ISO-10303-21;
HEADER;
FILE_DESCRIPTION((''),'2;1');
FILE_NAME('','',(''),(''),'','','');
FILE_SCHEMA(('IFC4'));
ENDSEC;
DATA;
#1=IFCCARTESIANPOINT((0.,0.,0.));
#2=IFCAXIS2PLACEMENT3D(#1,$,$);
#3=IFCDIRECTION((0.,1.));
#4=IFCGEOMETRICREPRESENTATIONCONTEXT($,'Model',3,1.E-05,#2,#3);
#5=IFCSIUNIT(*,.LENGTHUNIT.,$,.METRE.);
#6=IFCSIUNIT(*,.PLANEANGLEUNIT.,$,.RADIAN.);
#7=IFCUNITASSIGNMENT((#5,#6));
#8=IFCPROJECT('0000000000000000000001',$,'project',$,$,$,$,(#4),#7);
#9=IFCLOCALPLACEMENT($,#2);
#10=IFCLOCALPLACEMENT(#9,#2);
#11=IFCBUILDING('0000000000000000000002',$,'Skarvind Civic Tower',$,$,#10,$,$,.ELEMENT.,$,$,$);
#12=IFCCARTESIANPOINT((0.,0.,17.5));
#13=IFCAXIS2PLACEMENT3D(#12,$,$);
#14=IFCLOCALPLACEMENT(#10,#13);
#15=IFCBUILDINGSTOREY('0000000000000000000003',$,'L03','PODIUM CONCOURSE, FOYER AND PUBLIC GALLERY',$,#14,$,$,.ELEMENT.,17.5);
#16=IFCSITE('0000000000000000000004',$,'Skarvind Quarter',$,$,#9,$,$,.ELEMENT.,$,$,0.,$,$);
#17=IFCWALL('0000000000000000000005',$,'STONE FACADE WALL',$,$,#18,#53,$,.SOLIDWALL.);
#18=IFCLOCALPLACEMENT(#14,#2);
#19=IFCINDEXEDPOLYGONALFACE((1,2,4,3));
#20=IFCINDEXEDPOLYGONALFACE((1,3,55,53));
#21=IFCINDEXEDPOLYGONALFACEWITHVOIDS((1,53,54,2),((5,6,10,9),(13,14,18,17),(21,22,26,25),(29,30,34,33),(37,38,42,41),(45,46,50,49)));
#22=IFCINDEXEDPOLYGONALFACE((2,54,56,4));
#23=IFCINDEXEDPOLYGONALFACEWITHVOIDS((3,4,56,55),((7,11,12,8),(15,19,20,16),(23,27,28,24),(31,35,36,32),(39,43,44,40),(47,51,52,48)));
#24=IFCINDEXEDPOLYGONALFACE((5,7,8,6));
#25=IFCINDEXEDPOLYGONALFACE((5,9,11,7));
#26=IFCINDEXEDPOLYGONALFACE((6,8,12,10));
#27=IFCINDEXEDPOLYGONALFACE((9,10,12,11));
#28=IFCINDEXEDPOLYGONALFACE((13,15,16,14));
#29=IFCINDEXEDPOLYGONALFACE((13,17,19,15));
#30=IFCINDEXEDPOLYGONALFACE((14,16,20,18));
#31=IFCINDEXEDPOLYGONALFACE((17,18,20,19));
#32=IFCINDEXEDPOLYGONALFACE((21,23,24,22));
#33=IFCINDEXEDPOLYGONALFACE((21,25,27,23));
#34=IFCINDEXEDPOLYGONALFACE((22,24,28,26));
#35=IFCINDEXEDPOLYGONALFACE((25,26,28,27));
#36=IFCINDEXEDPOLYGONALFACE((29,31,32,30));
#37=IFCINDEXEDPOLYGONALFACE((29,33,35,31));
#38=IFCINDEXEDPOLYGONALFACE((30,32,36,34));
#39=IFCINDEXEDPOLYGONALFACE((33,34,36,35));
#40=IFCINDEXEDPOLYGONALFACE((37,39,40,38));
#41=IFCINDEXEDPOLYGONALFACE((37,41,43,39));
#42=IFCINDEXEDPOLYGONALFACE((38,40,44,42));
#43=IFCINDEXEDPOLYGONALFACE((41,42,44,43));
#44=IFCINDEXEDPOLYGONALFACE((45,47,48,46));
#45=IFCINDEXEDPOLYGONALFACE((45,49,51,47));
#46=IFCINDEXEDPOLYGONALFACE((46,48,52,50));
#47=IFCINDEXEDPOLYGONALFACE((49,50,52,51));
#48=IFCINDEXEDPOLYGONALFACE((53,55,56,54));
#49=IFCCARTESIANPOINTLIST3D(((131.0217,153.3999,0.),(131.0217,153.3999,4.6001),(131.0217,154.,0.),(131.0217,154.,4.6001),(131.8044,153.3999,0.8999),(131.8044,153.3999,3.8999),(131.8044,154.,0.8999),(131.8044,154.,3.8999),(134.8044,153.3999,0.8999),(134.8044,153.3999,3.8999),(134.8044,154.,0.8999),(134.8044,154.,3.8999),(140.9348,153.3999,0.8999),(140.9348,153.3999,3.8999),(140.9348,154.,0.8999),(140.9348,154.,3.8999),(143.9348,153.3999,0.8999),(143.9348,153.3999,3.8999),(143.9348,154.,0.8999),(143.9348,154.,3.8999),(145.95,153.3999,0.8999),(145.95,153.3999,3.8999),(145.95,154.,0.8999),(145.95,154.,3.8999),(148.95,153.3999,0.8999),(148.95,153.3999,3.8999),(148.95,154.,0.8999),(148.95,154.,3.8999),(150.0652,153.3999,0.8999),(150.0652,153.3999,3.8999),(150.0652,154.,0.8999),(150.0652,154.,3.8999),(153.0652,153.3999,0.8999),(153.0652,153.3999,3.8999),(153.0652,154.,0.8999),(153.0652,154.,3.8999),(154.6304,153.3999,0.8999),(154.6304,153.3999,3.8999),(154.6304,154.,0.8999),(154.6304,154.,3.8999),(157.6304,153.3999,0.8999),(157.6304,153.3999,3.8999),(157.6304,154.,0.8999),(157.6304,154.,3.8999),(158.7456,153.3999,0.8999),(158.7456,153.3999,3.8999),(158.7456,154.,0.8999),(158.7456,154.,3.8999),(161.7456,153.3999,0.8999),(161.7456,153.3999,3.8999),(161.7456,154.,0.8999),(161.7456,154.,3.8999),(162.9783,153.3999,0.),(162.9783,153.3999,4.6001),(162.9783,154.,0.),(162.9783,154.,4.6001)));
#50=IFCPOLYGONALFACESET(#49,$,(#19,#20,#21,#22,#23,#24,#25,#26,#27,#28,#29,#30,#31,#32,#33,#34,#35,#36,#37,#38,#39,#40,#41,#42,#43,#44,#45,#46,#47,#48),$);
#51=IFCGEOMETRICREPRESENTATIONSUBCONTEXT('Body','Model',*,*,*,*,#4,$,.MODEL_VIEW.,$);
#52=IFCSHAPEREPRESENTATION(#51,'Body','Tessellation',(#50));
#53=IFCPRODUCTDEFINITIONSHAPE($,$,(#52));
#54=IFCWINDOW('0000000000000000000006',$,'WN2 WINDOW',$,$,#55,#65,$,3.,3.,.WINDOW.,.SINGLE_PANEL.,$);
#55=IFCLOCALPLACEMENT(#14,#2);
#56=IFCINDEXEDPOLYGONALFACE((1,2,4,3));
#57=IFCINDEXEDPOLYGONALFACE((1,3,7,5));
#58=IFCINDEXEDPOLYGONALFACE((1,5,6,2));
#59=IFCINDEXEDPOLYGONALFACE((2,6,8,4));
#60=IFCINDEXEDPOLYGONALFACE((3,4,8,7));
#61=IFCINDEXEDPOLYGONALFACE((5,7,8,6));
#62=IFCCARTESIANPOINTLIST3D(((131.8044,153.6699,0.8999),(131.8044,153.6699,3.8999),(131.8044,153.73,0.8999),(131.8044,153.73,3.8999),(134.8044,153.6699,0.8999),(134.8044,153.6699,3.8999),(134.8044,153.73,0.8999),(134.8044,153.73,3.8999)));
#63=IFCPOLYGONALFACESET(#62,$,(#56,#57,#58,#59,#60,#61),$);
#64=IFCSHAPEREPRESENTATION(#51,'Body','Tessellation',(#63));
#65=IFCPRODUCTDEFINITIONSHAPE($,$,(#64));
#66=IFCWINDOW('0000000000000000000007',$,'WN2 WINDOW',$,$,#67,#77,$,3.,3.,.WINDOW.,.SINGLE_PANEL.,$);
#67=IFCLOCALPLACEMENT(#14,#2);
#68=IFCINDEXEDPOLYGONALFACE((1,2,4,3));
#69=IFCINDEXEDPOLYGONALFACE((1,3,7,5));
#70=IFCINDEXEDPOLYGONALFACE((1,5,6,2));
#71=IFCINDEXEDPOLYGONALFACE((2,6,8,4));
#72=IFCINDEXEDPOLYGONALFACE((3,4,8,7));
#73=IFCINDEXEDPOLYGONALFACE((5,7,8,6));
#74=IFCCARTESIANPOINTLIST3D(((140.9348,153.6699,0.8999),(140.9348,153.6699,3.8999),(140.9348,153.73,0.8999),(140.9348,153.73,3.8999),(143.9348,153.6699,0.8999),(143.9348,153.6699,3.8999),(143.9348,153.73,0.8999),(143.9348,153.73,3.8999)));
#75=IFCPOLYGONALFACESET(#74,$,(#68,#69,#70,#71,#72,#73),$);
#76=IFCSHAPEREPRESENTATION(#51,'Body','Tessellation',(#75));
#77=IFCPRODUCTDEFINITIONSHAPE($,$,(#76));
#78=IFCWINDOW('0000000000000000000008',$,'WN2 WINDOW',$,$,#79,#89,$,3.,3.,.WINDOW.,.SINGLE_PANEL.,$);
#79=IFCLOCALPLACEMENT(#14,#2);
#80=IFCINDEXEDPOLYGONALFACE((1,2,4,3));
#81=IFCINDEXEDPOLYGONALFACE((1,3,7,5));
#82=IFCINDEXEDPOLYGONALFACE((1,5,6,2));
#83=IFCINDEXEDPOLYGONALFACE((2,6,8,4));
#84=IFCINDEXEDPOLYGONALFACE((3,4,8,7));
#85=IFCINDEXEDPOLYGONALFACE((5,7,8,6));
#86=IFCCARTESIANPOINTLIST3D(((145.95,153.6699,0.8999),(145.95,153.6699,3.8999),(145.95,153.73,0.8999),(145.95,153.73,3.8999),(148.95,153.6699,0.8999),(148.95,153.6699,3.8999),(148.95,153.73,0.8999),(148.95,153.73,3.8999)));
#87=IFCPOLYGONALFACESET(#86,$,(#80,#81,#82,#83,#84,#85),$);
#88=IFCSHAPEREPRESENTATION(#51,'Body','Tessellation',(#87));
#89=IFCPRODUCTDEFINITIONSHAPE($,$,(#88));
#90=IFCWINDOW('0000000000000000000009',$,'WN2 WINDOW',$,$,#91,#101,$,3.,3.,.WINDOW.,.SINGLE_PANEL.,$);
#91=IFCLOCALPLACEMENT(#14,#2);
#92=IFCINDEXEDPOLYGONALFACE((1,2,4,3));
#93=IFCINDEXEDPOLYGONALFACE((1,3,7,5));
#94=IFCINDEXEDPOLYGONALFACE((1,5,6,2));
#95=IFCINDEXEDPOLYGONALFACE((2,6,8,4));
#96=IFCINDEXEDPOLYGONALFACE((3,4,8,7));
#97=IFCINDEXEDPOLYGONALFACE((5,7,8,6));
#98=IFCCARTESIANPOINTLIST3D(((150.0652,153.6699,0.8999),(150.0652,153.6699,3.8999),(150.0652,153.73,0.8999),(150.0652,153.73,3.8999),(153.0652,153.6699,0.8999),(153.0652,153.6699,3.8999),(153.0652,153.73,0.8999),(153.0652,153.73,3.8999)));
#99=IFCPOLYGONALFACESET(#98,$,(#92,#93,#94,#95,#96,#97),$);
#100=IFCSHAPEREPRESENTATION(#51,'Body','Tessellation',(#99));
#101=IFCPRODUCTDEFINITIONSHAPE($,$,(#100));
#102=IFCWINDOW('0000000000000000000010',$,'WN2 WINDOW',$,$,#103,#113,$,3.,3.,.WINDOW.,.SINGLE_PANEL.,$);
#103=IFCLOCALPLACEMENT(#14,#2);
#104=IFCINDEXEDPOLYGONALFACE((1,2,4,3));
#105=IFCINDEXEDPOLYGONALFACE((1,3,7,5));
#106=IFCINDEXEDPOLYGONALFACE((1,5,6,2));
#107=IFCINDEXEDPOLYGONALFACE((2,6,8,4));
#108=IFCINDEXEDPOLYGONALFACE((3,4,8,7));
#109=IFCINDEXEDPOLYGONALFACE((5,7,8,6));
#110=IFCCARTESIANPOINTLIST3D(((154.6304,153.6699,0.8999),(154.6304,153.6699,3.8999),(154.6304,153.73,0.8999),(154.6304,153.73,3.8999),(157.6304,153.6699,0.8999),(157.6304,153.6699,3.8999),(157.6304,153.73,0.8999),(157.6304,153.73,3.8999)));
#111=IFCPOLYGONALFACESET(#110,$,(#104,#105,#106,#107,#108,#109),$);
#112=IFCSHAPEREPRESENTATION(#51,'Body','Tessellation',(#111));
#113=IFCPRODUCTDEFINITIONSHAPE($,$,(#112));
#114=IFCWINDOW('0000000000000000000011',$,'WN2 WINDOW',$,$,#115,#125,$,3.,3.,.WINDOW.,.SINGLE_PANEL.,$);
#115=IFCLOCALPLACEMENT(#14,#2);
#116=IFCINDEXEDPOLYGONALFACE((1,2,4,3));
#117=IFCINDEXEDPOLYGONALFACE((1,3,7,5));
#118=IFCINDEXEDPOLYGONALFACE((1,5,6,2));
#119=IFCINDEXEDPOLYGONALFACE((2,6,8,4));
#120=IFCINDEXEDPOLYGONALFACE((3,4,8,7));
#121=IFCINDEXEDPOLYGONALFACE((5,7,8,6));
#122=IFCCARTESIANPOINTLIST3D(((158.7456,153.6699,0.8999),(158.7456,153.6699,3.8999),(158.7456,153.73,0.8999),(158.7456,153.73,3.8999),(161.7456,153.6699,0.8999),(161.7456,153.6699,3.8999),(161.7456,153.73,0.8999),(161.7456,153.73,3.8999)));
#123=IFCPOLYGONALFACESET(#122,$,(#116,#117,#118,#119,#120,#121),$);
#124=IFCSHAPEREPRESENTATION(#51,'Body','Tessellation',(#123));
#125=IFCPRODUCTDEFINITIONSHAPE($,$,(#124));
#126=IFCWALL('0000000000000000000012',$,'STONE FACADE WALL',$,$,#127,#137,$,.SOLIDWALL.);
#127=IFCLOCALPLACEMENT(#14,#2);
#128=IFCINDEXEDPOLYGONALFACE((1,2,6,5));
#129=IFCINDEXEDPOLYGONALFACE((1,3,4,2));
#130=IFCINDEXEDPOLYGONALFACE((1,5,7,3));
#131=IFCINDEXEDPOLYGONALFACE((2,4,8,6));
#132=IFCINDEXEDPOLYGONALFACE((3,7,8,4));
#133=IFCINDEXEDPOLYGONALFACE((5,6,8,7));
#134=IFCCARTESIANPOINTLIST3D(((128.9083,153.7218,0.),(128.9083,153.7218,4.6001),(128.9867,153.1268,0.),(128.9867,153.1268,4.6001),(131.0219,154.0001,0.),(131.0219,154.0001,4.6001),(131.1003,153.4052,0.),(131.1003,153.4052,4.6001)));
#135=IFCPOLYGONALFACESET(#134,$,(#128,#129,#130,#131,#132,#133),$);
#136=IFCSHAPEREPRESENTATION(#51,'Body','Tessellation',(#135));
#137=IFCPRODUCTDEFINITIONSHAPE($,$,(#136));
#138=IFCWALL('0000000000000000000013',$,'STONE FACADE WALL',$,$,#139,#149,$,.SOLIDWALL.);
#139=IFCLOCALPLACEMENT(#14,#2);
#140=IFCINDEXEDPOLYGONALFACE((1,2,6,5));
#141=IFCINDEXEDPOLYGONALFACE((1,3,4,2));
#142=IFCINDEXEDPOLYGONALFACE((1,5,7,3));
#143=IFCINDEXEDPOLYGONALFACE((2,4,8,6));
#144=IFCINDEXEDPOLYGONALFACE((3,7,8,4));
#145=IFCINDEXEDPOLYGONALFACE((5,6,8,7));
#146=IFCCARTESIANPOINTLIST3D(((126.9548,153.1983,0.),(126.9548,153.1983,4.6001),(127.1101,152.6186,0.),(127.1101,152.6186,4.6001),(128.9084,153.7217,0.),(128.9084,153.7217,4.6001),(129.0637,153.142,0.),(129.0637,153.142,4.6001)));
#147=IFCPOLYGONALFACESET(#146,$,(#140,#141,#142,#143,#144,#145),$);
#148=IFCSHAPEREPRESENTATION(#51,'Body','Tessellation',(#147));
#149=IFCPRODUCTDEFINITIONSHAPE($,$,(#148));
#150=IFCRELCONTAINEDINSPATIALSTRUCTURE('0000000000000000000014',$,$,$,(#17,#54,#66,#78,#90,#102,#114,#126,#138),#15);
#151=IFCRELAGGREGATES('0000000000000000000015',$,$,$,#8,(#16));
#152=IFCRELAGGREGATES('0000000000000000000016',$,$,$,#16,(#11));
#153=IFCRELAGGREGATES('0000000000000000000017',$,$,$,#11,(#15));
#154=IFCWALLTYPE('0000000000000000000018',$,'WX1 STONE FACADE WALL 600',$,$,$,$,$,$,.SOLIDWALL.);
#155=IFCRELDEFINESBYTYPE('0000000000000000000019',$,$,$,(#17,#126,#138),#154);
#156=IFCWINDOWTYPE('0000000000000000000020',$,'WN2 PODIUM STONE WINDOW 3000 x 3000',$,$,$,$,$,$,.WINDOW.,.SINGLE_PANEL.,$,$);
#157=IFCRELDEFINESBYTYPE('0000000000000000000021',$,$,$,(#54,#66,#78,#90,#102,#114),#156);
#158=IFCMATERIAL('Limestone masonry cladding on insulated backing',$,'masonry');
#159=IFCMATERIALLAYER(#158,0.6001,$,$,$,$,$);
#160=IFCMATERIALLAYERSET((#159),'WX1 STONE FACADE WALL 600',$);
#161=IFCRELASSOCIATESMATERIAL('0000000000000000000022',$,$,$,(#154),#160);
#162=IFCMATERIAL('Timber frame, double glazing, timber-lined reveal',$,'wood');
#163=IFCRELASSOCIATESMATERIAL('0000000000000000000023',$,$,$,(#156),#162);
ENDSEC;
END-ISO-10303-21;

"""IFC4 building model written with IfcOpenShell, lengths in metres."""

from ifc_helpers import new_model, si_unit, direction, frame, frame_2d, origin, place, context, subcontext, project, spatial, rectangle, extrude, material, layer, layer_set, type_object, element, fill, save


model = new_model("IFC4")

# Units and contexts
model_context = context("Model", 3, precision=1e-05, world=origin(), true_north=direction((0.0, 1.0)))
body_context = subcontext(model_context, "Body", "Model", "MODEL_VIEW")
ifc_project = project(units=[si_unit("LENGTHUNIT", "METRE"), si_unit("PLANEANGLEUNIT", "RADIAN")], contexts=[model_context])

# Site, building, storey
site_placement = place(None, origin())
site = spatial("IfcSite", under=ifc_project, at=site_placement, Name="Skarvind Quarter", CompositionType="ELEMENT", RefElevation=0.0)
building_placement = place(site_placement, origin())
building = spatial("IfcBuilding", under=site, at=building_placement, Name="Skarvind Civic Tower", CompositionType="ELEMENT")
storey_placement = place(building_placement, frame((0.0, 0.0, 17.5)))
storey = spatial("IfcBuildingStorey", under=building, at=storey_placement, Name="L03", Description="PODIUM CONCOURSE, FOYER AND PUBLIC GALLERY", CompositionType="ELEMENT", Elevation=17.5)

# Wall, openings, windows
ifc_material_1 = material(Name="Limestone masonry cladding on insulated backing", Category="masonry")
ifc_layer_1 = layer(ifc_material_1, 0.6001)
ifc_layer_set_1 = layer_set([ifc_layer_1], Name="WX1 STONE FACADE WALL 600")
wall_type_1 = type_object("IfcWallType", Name="WX1 STONE FACADE WALL 600", PredefinedType="SOLIDWALL", material=ifc_layer_set_1)
wall_1_placement = place(storey_placement, frame((131.0217, 153.7, 0.0), z_axis=(0.0, 0.0, 1.0), x_axis=(1.0, 0.0, 0.0)))
wall_1 = element("IfcWall", 1, at=wall_1_placement, inside=storey, type_object=wall_type_1, Name="STONE FACADE WALL", PredefinedType="SOLIDWALL", context=body_context, shape_type="SweptSolid", body=[
    extrude(rectangle(XDim=31.9565, YDim=0.6001, at=frame_2d((15.9783, 0.0))), origin(), (0.0, 0.0, 1.0), 4.6001),
])
opening_1_placement = place(wall_1_placement, frame((0.7827, 0.0, 0.8999)))
opening_1 = element("IfcOpeningElement", 2, at=opening_1_placement, cuts=wall_1, PredefinedType="OPENING", context=body_context, shape_type="SweptSolid", body=[
    extrude(rectangle(XDim=3.0, YDim=3.0, at=frame_2d((1.5, 1.5))), frame((0.0, 0.3101, 0.0), z_axis=(0.0, -1.0, 0.0), x_axis=(1.0, 0.0, 0.0)), (0.0, 0.0, 1.0), 0.6201),
])
opening_2_placement = place(wall_1_placement, frame((9.9131, 0.0, 0.8999)))
opening_2 = element("IfcOpeningElement", 3, at=opening_2_placement, cuts=wall_1, PredefinedType="OPENING", context=body_context, shape_type="SweptSolid", body=[
    extrude(rectangle(XDim=3.0, YDim=3.0, at=frame_2d((1.5, 1.5))), frame((0.0, 0.3101, 0.0), z_axis=(0.0, -1.0, 0.0), x_axis=(1.0, 0.0, 0.0)), (0.0, 0.0, 1.0), 0.6201),
])
opening_3_placement = place(wall_1_placement, frame((14.9282, 0.0, 0.8999)))
opening_3 = element("IfcOpeningElement", 4, at=opening_3_placement, cuts=wall_1, PredefinedType="OPENING", context=body_context, shape_type="SweptSolid", body=[
    extrude(rectangle(XDim=3.0, YDim=3.0, at=frame_2d((1.5, 1.5))), frame((0.0, 0.3101, 0.0), z_axis=(0.0, -1.0, 0.0), x_axis=(1.0, 0.0, 0.0)), (0.0, 0.0, 1.0), 0.6201),
])
opening_4_placement = place(wall_1_placement, frame((19.0435, 0.0, 0.8999)))
opening_4 = element("IfcOpeningElement", 5, at=opening_4_placement, cuts=wall_1, PredefinedType="OPENING", context=body_context, shape_type="SweptSolid", body=[
    extrude(rectangle(XDim=3.0, YDim=3.0, at=frame_2d((1.5, 1.5))), frame((0.0, 0.3101, 0.0), z_axis=(0.0, -1.0, 0.0), x_axis=(1.0, 0.0, 0.0)), (0.0, 0.0, 1.0), 0.6201),
])
opening_5_placement = place(wall_1_placement, frame((23.6086, 0.0, 0.8999)))
opening_5 = element("IfcOpeningElement", 6, at=opening_5_placement, cuts=wall_1, PredefinedType="OPENING", context=body_context, shape_type="SweptSolid", body=[
    extrude(rectangle(XDim=3.0, YDim=3.0, at=frame_2d((1.5, 1.5))), frame((0.0, 0.3101, 0.0), z_axis=(0.0, -1.0, 0.0), x_axis=(1.0, 0.0, 0.0)), (0.0, 0.0, 1.0), 0.6201),
])
opening_6_placement = place(wall_1_placement, frame((27.7239, 0.0, 0.8999)))
opening_6 = element("IfcOpeningElement", 7, at=opening_6_placement, cuts=wall_1, PredefinedType="OPENING", context=body_context, shape_type="SweptSolid", body=[
    extrude(rectangle(XDim=3.0, YDim=3.0, at=frame_2d((1.5, 1.5))), frame((0.0, 0.3101, 0.0), z_axis=(0.0, -1.0, 0.0), x_axis=(1.0, 0.0, 0.0)), (0.0, 0.0, 1.0), 0.6201),
])
ifc_material_2 = material(Name="Timber frame, double glazing, timber-lined reveal", Category="wood")
window_type = type_object("IfcWindowType", Name="WN2 PODIUM STONE WINDOW 3000 x 3000", PartitioningType="SINGLE_PANEL", PredefinedType="WINDOW", material=ifc_material_2)
window_1_placement = place(opening_1_placement, origin())
window_1 = element("IfcWindow", 8, at=window_1_placement, inside=storey, type_object=window_type, Name="WN2 WINDOW", OverallHeight=3.0, OverallWidth=3.0, PartitioningType="SINGLE_PANEL", PredefinedType="WINDOW", context=body_context, shape_type="SweptSolid", body=[
    extrude(rectangle(XDim=3.0, YDim=3.0, at=frame_2d((1.5, 1.5))), frame((0.0, 0.03, 0.0), z_axis=(0.0, -1.0, 0.0), x_axis=(1.0, 0.0, 0.0)), (0.0, 0.0, 1.0), 0.0601),
])
fill(opening_1, window_1)
window_2_placement = place(opening_2_placement, origin())
window_2 = element("IfcWindow", 9, at=window_2_placement, inside=storey, type_object=window_type, Name="WN2 WINDOW", OverallHeight=3.0, OverallWidth=3.0, PartitioningType="SINGLE_PANEL", PredefinedType="WINDOW", context=body_context, shape_type="SweptSolid", body=[
    extrude(rectangle(XDim=3.0, YDim=3.0, at=frame_2d((1.5, 1.5))), frame((0.0, 0.03, 0.0), z_axis=(0.0, -1.0, 0.0), x_axis=(1.0, 0.0, 0.0)), (0.0, 0.0, 1.0), 0.0601),
])
fill(opening_2, window_2)
window_3_placement = place(opening_3_placement, origin())
window_3 = element("IfcWindow", 10, at=window_3_placement, inside=storey, type_object=window_type, Name="WN2 WINDOW", OverallHeight=3.0, OverallWidth=3.0, PartitioningType="SINGLE_PANEL", PredefinedType="WINDOW", context=body_context, shape_type="SweptSolid", body=[
    extrude(rectangle(XDim=3.0, YDim=3.0, at=frame_2d((1.5, 1.5))), frame((0.0, 0.03, 0.0), z_axis=(0.0, -1.0, 0.0), x_axis=(1.0, 0.0, 0.0)), (0.0, 0.0, 1.0), 0.0601),
])
fill(opening_3, window_3)
window_4_placement = place(opening_4_placement, origin())
window_4 = element("IfcWindow", 11, at=window_4_placement, inside=storey, type_object=window_type, Name="WN2 WINDOW", OverallHeight=3.0, OverallWidth=3.0, PartitioningType="SINGLE_PANEL", PredefinedType="WINDOW", context=body_context, shape_type="SweptSolid", body=[
    extrude(rectangle(XDim=3.0, YDim=3.0, at=frame_2d((1.5, 1.5))), frame((0.0, 0.03, 0.0), z_axis=(0.0, -1.0, 0.0), x_axis=(1.0, 0.0, 0.0)), (0.0, 0.0, 1.0), 0.0601),
])
fill(opening_4, window_4)
window_5_placement = place(opening_5_placement, origin())
window_5 = element("IfcWindow", 12, at=window_5_placement, inside=storey, type_object=window_type, Name="WN2 WINDOW", OverallHeight=3.0, OverallWidth=3.0, PartitioningType="SINGLE_PANEL", PredefinedType="WINDOW", context=body_context, shape_type="SweptSolid", body=[
    extrude(rectangle(XDim=3.0, YDim=3.0, at=frame_2d((1.5, 1.5))), frame((0.0, 0.03, 0.0), z_axis=(0.0, -1.0, 0.0), x_axis=(1.0, 0.0, 0.0)), (0.0, 0.0, 1.0), 0.0601),
])
fill(opening_5, window_5)
window_6_placement = place(opening_6_placement, origin())
window_6 = element("IfcWindow", 13, at=window_6_placement, inside=storey, type_object=window_type, Name="WN2 WINDOW", OverallHeight=3.0, OverallWidth=3.0, PartitioningType="SINGLE_PANEL", PredefinedType="WINDOW", context=body_context, shape_type="SweptSolid", body=[
    extrude(rectangle(XDim=3.0, YDim=3.0, at=frame_2d((1.5, 1.5))), frame((0.0, 0.03, 0.0), z_axis=(0.0, -1.0, 0.0), x_axis=(1.0, 0.0, 0.0)), (0.0, 0.0, 1.0), 0.0601),
])
fill(opening_6, window_6)

# Walls
wall_2_placement = place(storey_placement, frame((128.9475, 153.4243, 0.0), z_axis=(0.0, 0.0, 1.0), x_axis=(0.991441, 0.130558, 0.0)))
element("IfcWall", 14, at=wall_2_placement, inside=storey, type_object=wall_type_1, Name="STONE FACADE WALL", PredefinedType="SOLIDWALL", context=body_context, shape_type="SweptSolid", body=[
    extrude(rectangle(XDim=2.1318, YDim=0.6001, at=frame_2d((1.0659, 0.0))), origin(), (0.0, 0.0, 1.0), 4.6001),
])
wall_3_placement = place(storey_placement, frame((127.0325, 152.9084, 0.0), z_axis=(0.0, 0.0, 1.0), x_axis=(0.96593, 0.258804, 0.0)))
element("IfcWall", 15, at=wall_3_placement, inside=storey, type_object=wall_type_1, Name="STONE FACADE WALL", PredefinedType="SOLIDWALL", context=body_context, shape_type="SweptSolid", body=[
    extrude(rectangle(XDim=2.0225, YDim=0.6001, at=frame_2d((1.0112, 0.0))), origin(), (0.0, 0.0, 1.0), 4.6001),
])

save(model, "model.ifc")
